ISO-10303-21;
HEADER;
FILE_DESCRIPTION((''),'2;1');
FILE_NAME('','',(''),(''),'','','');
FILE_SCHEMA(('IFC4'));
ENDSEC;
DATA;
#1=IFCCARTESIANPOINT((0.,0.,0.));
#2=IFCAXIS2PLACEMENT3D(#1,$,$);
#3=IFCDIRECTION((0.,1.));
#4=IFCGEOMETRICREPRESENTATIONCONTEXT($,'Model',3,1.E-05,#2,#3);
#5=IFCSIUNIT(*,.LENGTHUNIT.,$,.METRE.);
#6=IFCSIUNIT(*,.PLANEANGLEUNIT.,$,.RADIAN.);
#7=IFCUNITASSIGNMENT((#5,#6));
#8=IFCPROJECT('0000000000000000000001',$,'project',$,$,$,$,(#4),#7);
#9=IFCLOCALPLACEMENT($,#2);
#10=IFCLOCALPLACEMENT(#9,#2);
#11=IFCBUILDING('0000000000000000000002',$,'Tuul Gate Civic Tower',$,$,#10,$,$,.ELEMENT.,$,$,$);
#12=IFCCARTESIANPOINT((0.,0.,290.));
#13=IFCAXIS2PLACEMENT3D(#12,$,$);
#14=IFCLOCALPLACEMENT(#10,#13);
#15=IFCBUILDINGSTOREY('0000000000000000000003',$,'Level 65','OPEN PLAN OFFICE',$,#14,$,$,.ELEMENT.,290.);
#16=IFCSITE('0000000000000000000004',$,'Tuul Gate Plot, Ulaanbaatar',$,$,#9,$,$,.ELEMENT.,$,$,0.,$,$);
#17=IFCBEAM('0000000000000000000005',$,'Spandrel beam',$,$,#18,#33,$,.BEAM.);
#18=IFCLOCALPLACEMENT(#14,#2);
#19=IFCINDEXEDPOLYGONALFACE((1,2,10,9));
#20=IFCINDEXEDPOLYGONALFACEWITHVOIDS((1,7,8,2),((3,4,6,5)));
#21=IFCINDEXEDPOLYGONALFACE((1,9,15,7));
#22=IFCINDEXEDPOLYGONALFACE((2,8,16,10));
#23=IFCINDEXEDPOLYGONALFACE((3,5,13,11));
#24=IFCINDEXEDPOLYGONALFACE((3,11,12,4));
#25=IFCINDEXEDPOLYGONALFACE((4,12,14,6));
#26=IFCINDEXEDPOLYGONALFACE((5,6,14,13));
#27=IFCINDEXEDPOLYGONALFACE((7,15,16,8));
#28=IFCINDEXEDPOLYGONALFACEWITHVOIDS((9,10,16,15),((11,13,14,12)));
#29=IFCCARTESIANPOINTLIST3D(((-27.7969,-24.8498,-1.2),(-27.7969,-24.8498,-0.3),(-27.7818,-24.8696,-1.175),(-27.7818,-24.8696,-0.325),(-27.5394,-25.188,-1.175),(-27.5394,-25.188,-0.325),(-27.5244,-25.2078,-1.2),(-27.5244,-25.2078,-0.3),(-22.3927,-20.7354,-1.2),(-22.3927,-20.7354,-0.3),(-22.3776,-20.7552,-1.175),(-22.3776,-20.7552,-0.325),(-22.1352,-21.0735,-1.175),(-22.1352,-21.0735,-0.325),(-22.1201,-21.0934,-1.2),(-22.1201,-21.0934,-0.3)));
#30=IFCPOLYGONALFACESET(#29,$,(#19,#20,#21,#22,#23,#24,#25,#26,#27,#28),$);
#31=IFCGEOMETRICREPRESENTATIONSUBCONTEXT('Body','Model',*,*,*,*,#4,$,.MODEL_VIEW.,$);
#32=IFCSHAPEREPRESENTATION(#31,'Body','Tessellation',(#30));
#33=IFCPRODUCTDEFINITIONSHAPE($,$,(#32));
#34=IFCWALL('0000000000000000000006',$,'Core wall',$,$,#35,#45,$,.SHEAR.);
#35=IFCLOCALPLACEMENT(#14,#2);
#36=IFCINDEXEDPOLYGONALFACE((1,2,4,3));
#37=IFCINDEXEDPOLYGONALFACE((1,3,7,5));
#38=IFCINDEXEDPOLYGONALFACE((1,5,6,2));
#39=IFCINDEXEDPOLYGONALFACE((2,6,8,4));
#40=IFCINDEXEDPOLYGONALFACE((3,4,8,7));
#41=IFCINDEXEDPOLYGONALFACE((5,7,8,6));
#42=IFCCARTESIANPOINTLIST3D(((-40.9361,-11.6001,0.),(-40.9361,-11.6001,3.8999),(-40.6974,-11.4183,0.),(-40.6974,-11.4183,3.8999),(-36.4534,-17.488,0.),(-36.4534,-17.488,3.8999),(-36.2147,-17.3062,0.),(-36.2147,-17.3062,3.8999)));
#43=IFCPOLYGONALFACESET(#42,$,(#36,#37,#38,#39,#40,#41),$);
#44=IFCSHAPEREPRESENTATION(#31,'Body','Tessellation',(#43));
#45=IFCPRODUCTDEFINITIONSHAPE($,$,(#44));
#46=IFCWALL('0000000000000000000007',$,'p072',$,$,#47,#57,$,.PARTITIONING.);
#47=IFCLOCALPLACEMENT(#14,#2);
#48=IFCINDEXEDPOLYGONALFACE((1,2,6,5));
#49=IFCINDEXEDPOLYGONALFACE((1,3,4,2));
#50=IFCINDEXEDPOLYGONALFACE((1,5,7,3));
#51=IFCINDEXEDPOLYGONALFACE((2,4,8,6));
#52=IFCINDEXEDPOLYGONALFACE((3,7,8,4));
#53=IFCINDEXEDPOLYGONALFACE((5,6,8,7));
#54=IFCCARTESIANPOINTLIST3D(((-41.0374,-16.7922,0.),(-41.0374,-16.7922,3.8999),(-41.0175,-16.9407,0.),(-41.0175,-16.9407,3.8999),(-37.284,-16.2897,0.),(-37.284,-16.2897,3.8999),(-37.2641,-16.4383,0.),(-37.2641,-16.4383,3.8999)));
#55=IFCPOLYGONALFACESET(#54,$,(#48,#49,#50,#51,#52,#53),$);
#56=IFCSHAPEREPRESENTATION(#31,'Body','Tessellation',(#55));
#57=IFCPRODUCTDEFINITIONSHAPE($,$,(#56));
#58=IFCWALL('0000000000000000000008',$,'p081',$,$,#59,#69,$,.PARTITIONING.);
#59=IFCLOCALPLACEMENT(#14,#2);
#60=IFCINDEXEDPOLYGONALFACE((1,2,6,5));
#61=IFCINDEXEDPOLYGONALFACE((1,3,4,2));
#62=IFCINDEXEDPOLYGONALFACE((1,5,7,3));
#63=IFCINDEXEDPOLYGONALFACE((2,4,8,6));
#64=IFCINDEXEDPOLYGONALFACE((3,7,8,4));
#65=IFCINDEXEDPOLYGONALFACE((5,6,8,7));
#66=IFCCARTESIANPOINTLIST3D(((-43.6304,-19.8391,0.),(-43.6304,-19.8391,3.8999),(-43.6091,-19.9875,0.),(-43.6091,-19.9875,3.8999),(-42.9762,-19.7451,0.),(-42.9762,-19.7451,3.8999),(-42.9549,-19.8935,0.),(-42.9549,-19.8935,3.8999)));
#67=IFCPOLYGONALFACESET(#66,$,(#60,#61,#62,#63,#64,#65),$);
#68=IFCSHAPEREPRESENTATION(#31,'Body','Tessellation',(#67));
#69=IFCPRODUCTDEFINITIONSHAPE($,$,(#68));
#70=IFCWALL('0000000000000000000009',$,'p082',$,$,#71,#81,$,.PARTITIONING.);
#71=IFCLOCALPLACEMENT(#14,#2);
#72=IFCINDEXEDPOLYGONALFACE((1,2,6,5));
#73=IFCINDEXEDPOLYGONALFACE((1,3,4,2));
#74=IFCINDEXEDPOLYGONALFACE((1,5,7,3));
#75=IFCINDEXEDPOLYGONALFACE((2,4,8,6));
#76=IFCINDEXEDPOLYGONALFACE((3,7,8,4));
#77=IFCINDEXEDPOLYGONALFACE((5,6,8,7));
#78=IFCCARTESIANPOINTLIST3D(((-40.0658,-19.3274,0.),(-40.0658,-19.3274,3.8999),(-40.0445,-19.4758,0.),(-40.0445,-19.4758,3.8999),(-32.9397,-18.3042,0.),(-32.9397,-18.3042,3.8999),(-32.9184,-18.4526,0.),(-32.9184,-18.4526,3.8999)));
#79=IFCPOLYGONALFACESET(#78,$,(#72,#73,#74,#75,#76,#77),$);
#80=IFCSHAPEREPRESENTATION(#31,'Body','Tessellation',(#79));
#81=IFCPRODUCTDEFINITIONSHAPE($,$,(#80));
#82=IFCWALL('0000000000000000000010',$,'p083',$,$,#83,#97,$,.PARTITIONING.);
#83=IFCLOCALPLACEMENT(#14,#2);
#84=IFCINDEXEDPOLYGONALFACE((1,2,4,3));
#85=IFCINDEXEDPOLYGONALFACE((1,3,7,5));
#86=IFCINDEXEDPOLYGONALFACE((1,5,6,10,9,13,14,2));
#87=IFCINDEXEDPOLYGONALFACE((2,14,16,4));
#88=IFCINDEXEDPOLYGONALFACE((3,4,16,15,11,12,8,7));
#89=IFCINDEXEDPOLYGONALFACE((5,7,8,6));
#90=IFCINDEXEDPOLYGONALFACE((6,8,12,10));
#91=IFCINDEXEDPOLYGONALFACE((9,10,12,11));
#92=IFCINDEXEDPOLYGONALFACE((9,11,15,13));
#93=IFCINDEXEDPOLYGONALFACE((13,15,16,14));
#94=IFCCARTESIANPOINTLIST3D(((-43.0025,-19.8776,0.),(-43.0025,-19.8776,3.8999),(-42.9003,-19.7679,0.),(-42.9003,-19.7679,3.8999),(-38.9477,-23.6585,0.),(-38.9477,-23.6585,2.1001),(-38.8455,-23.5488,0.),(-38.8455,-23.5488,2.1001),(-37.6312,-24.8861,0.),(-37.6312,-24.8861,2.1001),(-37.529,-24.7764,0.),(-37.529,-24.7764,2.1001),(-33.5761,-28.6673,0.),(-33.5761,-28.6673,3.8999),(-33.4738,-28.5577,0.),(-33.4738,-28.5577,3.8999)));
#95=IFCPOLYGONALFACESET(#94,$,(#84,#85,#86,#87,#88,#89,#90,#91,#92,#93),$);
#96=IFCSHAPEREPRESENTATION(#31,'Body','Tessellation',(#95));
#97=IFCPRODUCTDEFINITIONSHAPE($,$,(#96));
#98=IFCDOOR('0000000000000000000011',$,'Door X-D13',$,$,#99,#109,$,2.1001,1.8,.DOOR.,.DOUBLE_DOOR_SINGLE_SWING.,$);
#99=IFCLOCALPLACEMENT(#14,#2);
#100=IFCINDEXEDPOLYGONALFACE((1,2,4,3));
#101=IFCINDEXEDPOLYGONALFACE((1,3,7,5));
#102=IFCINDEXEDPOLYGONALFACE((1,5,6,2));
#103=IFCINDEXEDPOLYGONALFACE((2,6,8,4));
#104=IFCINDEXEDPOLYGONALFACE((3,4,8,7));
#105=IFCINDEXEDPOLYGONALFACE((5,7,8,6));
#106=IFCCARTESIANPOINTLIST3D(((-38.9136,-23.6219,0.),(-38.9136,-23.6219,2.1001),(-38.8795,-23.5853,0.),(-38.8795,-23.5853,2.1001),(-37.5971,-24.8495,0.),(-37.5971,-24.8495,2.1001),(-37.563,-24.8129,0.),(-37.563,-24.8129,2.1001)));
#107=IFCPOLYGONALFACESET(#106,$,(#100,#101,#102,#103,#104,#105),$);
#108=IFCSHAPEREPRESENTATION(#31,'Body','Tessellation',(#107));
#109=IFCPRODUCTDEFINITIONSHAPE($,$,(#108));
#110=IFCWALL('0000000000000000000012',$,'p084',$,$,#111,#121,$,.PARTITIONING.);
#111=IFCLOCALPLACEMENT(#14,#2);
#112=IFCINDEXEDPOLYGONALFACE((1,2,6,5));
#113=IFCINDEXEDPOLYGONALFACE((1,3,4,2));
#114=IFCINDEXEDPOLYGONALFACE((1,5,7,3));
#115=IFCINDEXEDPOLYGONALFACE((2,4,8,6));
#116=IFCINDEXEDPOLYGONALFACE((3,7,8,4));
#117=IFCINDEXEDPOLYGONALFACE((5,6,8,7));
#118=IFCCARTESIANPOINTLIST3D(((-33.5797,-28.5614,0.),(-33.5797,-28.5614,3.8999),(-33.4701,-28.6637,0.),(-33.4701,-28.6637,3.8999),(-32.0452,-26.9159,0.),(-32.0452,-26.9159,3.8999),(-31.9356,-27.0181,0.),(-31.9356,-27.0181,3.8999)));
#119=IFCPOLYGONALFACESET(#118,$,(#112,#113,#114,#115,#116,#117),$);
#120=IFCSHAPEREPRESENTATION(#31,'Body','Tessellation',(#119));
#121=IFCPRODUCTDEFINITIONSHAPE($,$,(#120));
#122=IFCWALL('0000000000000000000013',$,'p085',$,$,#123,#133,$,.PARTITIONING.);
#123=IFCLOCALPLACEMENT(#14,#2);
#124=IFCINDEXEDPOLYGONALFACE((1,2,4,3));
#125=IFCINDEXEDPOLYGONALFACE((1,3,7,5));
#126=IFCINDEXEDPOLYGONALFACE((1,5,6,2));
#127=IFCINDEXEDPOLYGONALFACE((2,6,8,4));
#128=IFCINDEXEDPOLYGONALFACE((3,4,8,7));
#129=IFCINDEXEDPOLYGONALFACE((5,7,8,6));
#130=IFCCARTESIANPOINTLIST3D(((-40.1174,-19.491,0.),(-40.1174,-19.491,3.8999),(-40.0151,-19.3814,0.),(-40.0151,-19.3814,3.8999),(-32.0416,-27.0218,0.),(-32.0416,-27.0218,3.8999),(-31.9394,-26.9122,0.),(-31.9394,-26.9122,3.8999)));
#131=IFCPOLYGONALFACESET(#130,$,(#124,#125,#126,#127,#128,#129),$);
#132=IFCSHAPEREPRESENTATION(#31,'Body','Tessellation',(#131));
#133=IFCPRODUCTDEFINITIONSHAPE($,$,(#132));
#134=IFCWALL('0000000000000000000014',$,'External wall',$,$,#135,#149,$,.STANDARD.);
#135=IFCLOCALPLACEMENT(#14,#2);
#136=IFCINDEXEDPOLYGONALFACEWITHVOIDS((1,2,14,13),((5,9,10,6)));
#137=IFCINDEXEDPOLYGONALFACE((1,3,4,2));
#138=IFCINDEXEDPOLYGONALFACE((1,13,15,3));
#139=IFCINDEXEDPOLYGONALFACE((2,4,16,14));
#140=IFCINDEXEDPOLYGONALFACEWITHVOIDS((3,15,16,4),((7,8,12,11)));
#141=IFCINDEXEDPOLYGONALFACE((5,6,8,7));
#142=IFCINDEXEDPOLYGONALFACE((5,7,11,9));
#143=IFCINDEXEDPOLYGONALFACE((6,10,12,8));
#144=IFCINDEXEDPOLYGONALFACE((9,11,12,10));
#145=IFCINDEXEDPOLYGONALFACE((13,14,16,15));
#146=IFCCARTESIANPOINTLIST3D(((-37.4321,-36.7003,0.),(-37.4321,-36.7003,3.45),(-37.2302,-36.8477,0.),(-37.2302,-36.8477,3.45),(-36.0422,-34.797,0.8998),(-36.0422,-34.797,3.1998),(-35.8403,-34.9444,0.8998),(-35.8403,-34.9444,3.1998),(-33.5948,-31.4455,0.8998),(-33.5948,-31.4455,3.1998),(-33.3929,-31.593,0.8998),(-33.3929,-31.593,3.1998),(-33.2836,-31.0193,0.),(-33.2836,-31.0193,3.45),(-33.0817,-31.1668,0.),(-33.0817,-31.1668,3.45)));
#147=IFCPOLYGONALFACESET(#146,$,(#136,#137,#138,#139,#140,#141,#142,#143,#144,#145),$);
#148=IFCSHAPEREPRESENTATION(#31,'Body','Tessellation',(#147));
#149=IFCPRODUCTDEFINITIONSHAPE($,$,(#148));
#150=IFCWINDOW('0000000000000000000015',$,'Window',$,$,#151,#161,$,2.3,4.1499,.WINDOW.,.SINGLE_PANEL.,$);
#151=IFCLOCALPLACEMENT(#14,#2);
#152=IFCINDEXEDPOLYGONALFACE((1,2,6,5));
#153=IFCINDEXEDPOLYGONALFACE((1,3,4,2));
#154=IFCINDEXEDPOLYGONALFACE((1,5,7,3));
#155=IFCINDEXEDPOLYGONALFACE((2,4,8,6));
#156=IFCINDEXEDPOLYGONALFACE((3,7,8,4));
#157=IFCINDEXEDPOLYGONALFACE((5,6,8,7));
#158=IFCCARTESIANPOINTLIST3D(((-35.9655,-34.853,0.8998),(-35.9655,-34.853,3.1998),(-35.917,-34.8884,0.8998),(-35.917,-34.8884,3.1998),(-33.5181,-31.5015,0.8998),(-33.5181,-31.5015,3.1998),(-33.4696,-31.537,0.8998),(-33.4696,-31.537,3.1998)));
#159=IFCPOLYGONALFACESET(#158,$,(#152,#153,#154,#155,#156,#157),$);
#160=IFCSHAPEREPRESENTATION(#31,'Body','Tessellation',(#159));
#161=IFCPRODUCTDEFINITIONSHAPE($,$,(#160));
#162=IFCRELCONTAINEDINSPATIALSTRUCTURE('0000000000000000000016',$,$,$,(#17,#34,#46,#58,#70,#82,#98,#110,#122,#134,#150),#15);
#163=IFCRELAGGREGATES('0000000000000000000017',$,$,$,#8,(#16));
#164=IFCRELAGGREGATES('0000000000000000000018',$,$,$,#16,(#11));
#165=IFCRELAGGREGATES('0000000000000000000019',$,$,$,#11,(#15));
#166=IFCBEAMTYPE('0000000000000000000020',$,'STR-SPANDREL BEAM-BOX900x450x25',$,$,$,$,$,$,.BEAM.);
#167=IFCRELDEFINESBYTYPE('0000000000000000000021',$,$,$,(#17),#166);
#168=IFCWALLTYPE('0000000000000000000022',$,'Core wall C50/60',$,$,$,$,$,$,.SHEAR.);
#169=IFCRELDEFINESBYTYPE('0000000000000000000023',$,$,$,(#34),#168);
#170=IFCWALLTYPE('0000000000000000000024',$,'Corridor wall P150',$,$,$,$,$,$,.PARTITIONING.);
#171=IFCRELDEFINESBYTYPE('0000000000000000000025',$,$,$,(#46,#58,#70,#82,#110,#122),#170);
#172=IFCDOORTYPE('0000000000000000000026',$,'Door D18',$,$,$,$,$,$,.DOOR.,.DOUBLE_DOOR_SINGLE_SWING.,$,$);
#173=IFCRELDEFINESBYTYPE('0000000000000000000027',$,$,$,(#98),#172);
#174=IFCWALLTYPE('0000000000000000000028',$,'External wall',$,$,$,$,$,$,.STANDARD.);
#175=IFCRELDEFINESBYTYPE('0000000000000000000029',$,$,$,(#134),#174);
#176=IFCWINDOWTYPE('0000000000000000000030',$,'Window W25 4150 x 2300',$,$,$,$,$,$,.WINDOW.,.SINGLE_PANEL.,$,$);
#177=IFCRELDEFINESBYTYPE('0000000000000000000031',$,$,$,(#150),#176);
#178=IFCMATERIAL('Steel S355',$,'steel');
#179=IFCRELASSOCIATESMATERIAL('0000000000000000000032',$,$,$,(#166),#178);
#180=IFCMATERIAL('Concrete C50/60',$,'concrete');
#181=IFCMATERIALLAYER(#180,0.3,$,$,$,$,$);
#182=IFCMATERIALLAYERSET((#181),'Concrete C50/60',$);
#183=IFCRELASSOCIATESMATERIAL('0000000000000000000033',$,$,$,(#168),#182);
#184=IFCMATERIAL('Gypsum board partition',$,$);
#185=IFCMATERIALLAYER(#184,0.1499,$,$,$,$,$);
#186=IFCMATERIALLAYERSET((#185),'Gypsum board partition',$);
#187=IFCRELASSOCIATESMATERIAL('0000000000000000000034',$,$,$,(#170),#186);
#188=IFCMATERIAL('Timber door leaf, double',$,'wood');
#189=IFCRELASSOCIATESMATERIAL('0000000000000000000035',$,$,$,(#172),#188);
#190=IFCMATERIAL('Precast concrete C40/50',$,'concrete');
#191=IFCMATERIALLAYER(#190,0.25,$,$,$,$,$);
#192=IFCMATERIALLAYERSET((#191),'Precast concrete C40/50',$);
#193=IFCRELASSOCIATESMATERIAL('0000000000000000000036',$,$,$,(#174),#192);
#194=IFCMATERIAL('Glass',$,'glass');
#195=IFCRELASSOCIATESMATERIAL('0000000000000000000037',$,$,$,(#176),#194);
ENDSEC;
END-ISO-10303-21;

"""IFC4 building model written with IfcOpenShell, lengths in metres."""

from ifc_helpers import new_model, si_unit, direction, frame, frame_2d, origin, origin_2d, place, context, subcontext, project, spatial, rectangle, hollow_rectangle, extrude, material, layer, layer_set, material_profile, profile_set, type_object, element, fill, save


model = new_model("IFC4")

# Units and contexts
model_context = context("Model", 3, precision=1e-05, world=origin(), true_north=direction((0.0, 1.0)))
body_context = subcontext(model_context, "Body", "Model", "MODEL_VIEW")
ifc_project = project(units=[si_unit("LENGTHUNIT", "METRE"), si_unit("PLANEANGLEUNIT", "RADIAN")], contexts=[model_context])

# Site, building, storey
site_placement = place(None, origin())
site = spatial("IfcSite", under=ifc_project, at=site_placement, Name="Tuul Gate Plot, Ulaanbaatar", CompositionType="ELEMENT", RefElevation=0.0)
building_placement = place(site_placement, origin())
building = spatial("IfcBuilding", under=site, at=building_placement, Name="Tuul Gate Civic Tower", CompositionType="ELEMENT")
storey_placement = place(building_placement, frame((0.0, 0.0, 290.0)))
storey = spatial("IfcBuildingStorey", under=building, at=storey_placement, Name="Level 65", Description="OPEN PLAN OFFICE", CompositionType="ELEMENT", Elevation=290.0)

# Beam
ifc_material_1 = material(Name="Steel S355", Category="steel")
ifc_material_profile_1 = material_profile(ifc_material_1, hollow_rectangle(XDim=0.45, YDim=0.8999, WallThickness=0.0249, at=origin_2d()), Name="BOX900x450x25")
ifc_profile_set_1 = profile_set([ifc_material_profile_1], Name="Steel S355")
beam_type_1 = type_object("IfcBeamType", Name="STR-SPANDREL BEAM-BOX900x450x25", PredefinedType="BEAM", material=ifc_profile_set_1)
beam_1_placement = place(storey_placement, frame((-27.6606, -25.0288, -0.75), z_axis=(0.795649, 0.605758, 0.0), x_axis=(-0.605758, 0.795649, 0.0)))
element("IfcBeam", 1, at=beam_1_placement, inside=storey, type_object=beam_type_1, Name="Spandrel beam", PredefinedType="BEAM", context=body_context, shape_type="SweptSolid", body=[
    extrude(hollow_rectangle(XDim=0.45, YDim=0.8999, WallThickness=0.0249, at=origin_2d()), origin(), (0.0, 0.0, 1.0), 6.7922),
])

# Walls
ifc_material_2 = material(Name="Concrete C50/60", Category="concrete")
ifc_layer_1 = layer(ifc_material_2, 0.3)
ifc_layer_set_1 = layer_set([ifc_layer_1], Name="Concrete C50/60")
wall_type_1 = type_object("IfcWallType", Name="Core wall C50/60", PredefinedType="SHEAR", material=ifc_layer_set_1)
wall_1_placement = place(storey_placement, frame((-36.334, -17.3972, 0.0), z_axis=(0.0, 0.0, 1.0), x_axis=(-0.605754, 0.795652, 0.0)))
element("IfcWall", 2, at=wall_1_placement, inside=storey, type_object=wall_type_1, Name="Core wall", PredefinedType="SHEAR", context=body_context, shape_type="SweptSolid", body=[
    extrude(rectangle(XDim=7.4001, YDim=0.3, at=frame_2d((3.7002, 0.0))), origin(), (0.0, 0.0, 1.0), 3.8999),
])
ifc_material_3 = material(Name="Gypsum board partition")
ifc_layer_2 = layer(ifc_material_3, 0.1499)
ifc_layer_set_2 = layer_set([ifc_layer_2], Name="Gypsum board partition")
wall_type_2 = type_object("IfcWallType", Name="Corridor wall P150", PredefinedType="PARTITIONING", material=ifc_layer_set_2)
wall_2_placement = place(storey_placement, frame((-41.0276, -16.8665, 0.0), z_axis=(0.0, 0.0, 1.0), x_axis=(0.991159, 0.132679, 0.0)))
element("IfcWall", 3, at=wall_2_placement, inside=storey, type_object=wall_type_2, Name="p072", PredefinedType="PARTITIONING", context=body_context, shape_type="SweptSolid", body=[
    extrude(rectangle(XDim=3.7869, YDim=0.1499, at=frame_2d((1.8936, 0.0))), origin(), (0.0, 0.0, 1.0), 3.8999),
])
wall_3_placement = place(storey_placement, frame((-43.6199, -19.9133, 0.0), z_axis=(0.0, 0.0, 1.0), x_axis=(0.989831, 0.142249, 0.0)))
element("IfcWall", 4, at=wall_3_placement, inside=storey, type_object=wall_type_2, Name="p081", PredefinedType="PARTITIONING", context=body_context, shape_type="SweptSolid", body=[
    extrude(rectangle(XDim=0.6609, YDim=0.1499, at=frame_2d((0.3306, 0.0))), origin(), (0.0, 0.0, 1.0), 3.8999),
])
wall_4_placement = place(storey_placement, frame((-40.0552, -19.4016, 0.0), z_axis=(0.0, 0.0, 1.0), x_axis=(0.989849, 0.142124, 0.0)))
element("IfcWall", 5, at=wall_4_placement, inside=storey, type_object=wall_type_2, Name="p082", PredefinedType="PARTITIONING", context=body_context, shape_type="SweptSolid", body=[
    extrude(rectangle(XDim=7.1992, YDim=0.1499, at=frame_2d((3.5996, 0.0))), origin(), (0.0, 0.0, 1.0), 3.8999),
])

# Wall, opening, door
wall_5_placement = place(storey_placement, frame((-42.9514, -19.8228, 0.0), z_axis=(0.0, 0.0, 1.0), x_axis=(0.731376, -0.681975, 0.0)))
wall_5 = element("IfcWall", 6, at=wall_5_placement, inside=storey, type_object=wall_type_2, Name="p083", PredefinedType="PARTITIONING", context=body_context, shape_type="SweptSolid", body=[
    extrude(rectangle(XDim=12.8887, YDim=0.1499, at=frame_2d((6.4443, 0.0))), origin(), (0.0, 0.0, 1.0), 3.8999),
])
opening_1_placement = place(wall_5_placement, frame((5.5442, 0.0, 0.0)))
opening_1 = element("IfcOpeningElement", 7, at=opening_1_placement, cuts=wall_5, PredefinedType="OPENING", context=body_context, shape_type="SweptSolid", body=[
    extrude(rectangle(XDim=1.8, YDim=2.1001, at=frame_2d((0.8999, 1.05))), frame((0.0, 0.085, 0.0), z_axis=(0.0, -1.0, 0.0), x_axis=(1.0, 0.0, 0.0)), (0.0, 0.0, 1.0), 0.1699),
])
ifc_material_4 = material(Name="Timber door leaf, double", Category="wood")
door_type = type_object("IfcDoorType", Name="Door D18", OperationType="DOUBLE_DOOR_SINGLE_SWING", PredefinedType="DOOR", material=ifc_material_4)
door_placement = place(opening_1_placement, frame((1.8, 0.0, 0.0), z_axis=(0.0, 0.0, 1.0), x_axis=(-1.0, 0.0, 0.0)))
door = element("IfcDoor", 8, at=door_placement, inside=storey, type_object=door_type, Name="Door X-D13", OperationType="DOUBLE_DOOR_SINGLE_SWING", OverallHeight=2.1001, OverallWidth=1.8, PredefinedType="DOOR", context=body_context, shape_type="SweptSolid", body=[
    extrude(rectangle(XDim=1.8, YDim=2.1001, at=frame_2d((0.9001, 1.05))), frame((0.0, 0.0249, 0.0), z_axis=(0.0, -1.0, 0.0), x_axis=(1.0, 0.0, 0.0)), (0.0, 0.0, 1.0), 0.05),
])
fill(opening_1, door)

# Walls
wall_6_placement = place(storey_placement, frame((-33.5249, -28.6125, 0.0), z_axis=(0.0, 0.0, 1.0), x_axis=(0.68199, 0.731362, 0.0)))
element("IfcWall", 9, at=wall_6_placement, inside=storey, type_object=wall_type_2, Name="p084", PredefinedType="PARTITIONING", context=body_context, shape_type="SweptSolid", body=[
    extrude(rectangle(XDim=2.25, YDim=0.1499, at=frame_2d((1.125, 0.0))), origin(), (0.0, 0.0, 1.0), 3.8999),
])
wall_7_placement = place(storey_placement, frame((-40.0662, -19.4363, 0.0), z_axis=(0.0, 0.0, 1.0), x_axis=(0.731351, -0.682002, 0.0)))
element("IfcWall", 10, at=wall_7_placement, inside=storey, type_object=wall_type_2, Name="p085", PredefinedType="PARTITIONING", context=body_context, shape_type="SweptSolid", body=[
    extrude(rectangle(XDim=11.0422, YDim=0.1499, at=frame_2d((5.521, 0.0))), origin(), (0.0, 0.0, 1.0), 3.8999),
])

# Wall, opening, window
ifc_material_5 = material(Name="Precast concrete C40/50", Category="concrete")
ifc_layer_3 = layer(ifc_material_5, 0.25)
ifc_layer_set_3 = layer_set([ifc_layer_3], Name="Precast concrete C40/50")
wall_type_3 = type_object("IfcWallType", Name="External wall", PredefinedType="STANDARD", material=ifc_layer_set_3)
wall_8_placement = place(storey_placement, frame((-37.3311, -36.7739, 0.0), z_axis=(0.0, 0.0, 1.0), x_axis=(0.589739, 0.807594, 0.0)))
wall_8 = element("IfcWall", 11, at=wall_8_placement, inside=storey, type_object=wall_type_3, Name="External wall", PredefinedType="STANDARD", context=body_context, shape_type="SweptSolid", body=[
    extrude(rectangle(XDim=7.0344, YDim=0.25, at=frame_2d((3.5171, 0.0))), origin(), (0.0, 0.0, 1.0), 3.45),
])
opening_2_placement = place(wall_8_placement, frame((2.3567, 0.0, 0.8999)))
opening_2 = element("IfcOpeningElement", 12, at=opening_2_placement, cuts=wall_8, PredefinedType="OPENING", context=body_context, shape_type="SweptSolid", body=[
    extrude(rectangle(XDim=4.1499, YDim=2.3, at=frame_2d((2.075, 1.1499))), frame((0.0, 0.135, 0.0), z_axis=(0.0, -1.0, 0.0), x_axis=(1.0, 0.0, 0.0)), (0.0, 0.0, 1.0), 0.27),
])
ifc_material_6 = material(Name="Glass", Category="glass")
window_type_1 = type_object("IfcWindowType", Name="Window W25 4150 x 2300", PartitioningType="SINGLE_PANEL", PredefinedType="WINDOW", material=ifc_material_6)
window_1_placement = place(opening_2_placement, origin())
window_1 = element("IfcWindow", 13, at=window_1_placement, inside=storey, type_object=window_type_1, Name="Window", OverallHeight=2.3, OverallWidth=4.1499, PartitioningType="SINGLE_PANEL", PredefinedType="WINDOW", context=body_context, shape_type="SweptSolid", body=[
    extrude(rectangle(XDim=4.1499, YDim=2.3, at=frame_2d((2.075, 1.1499))), frame((0.0, 0.03, 0.0), z_axis=(0.0, -1.0, 0.0), x_axis=(1.0, 0.0, 0.0)), (0.0, 0.0, 1.0), 0.0601),
])
fill(opening_2, window_1)

save(model, "model.ifc")
